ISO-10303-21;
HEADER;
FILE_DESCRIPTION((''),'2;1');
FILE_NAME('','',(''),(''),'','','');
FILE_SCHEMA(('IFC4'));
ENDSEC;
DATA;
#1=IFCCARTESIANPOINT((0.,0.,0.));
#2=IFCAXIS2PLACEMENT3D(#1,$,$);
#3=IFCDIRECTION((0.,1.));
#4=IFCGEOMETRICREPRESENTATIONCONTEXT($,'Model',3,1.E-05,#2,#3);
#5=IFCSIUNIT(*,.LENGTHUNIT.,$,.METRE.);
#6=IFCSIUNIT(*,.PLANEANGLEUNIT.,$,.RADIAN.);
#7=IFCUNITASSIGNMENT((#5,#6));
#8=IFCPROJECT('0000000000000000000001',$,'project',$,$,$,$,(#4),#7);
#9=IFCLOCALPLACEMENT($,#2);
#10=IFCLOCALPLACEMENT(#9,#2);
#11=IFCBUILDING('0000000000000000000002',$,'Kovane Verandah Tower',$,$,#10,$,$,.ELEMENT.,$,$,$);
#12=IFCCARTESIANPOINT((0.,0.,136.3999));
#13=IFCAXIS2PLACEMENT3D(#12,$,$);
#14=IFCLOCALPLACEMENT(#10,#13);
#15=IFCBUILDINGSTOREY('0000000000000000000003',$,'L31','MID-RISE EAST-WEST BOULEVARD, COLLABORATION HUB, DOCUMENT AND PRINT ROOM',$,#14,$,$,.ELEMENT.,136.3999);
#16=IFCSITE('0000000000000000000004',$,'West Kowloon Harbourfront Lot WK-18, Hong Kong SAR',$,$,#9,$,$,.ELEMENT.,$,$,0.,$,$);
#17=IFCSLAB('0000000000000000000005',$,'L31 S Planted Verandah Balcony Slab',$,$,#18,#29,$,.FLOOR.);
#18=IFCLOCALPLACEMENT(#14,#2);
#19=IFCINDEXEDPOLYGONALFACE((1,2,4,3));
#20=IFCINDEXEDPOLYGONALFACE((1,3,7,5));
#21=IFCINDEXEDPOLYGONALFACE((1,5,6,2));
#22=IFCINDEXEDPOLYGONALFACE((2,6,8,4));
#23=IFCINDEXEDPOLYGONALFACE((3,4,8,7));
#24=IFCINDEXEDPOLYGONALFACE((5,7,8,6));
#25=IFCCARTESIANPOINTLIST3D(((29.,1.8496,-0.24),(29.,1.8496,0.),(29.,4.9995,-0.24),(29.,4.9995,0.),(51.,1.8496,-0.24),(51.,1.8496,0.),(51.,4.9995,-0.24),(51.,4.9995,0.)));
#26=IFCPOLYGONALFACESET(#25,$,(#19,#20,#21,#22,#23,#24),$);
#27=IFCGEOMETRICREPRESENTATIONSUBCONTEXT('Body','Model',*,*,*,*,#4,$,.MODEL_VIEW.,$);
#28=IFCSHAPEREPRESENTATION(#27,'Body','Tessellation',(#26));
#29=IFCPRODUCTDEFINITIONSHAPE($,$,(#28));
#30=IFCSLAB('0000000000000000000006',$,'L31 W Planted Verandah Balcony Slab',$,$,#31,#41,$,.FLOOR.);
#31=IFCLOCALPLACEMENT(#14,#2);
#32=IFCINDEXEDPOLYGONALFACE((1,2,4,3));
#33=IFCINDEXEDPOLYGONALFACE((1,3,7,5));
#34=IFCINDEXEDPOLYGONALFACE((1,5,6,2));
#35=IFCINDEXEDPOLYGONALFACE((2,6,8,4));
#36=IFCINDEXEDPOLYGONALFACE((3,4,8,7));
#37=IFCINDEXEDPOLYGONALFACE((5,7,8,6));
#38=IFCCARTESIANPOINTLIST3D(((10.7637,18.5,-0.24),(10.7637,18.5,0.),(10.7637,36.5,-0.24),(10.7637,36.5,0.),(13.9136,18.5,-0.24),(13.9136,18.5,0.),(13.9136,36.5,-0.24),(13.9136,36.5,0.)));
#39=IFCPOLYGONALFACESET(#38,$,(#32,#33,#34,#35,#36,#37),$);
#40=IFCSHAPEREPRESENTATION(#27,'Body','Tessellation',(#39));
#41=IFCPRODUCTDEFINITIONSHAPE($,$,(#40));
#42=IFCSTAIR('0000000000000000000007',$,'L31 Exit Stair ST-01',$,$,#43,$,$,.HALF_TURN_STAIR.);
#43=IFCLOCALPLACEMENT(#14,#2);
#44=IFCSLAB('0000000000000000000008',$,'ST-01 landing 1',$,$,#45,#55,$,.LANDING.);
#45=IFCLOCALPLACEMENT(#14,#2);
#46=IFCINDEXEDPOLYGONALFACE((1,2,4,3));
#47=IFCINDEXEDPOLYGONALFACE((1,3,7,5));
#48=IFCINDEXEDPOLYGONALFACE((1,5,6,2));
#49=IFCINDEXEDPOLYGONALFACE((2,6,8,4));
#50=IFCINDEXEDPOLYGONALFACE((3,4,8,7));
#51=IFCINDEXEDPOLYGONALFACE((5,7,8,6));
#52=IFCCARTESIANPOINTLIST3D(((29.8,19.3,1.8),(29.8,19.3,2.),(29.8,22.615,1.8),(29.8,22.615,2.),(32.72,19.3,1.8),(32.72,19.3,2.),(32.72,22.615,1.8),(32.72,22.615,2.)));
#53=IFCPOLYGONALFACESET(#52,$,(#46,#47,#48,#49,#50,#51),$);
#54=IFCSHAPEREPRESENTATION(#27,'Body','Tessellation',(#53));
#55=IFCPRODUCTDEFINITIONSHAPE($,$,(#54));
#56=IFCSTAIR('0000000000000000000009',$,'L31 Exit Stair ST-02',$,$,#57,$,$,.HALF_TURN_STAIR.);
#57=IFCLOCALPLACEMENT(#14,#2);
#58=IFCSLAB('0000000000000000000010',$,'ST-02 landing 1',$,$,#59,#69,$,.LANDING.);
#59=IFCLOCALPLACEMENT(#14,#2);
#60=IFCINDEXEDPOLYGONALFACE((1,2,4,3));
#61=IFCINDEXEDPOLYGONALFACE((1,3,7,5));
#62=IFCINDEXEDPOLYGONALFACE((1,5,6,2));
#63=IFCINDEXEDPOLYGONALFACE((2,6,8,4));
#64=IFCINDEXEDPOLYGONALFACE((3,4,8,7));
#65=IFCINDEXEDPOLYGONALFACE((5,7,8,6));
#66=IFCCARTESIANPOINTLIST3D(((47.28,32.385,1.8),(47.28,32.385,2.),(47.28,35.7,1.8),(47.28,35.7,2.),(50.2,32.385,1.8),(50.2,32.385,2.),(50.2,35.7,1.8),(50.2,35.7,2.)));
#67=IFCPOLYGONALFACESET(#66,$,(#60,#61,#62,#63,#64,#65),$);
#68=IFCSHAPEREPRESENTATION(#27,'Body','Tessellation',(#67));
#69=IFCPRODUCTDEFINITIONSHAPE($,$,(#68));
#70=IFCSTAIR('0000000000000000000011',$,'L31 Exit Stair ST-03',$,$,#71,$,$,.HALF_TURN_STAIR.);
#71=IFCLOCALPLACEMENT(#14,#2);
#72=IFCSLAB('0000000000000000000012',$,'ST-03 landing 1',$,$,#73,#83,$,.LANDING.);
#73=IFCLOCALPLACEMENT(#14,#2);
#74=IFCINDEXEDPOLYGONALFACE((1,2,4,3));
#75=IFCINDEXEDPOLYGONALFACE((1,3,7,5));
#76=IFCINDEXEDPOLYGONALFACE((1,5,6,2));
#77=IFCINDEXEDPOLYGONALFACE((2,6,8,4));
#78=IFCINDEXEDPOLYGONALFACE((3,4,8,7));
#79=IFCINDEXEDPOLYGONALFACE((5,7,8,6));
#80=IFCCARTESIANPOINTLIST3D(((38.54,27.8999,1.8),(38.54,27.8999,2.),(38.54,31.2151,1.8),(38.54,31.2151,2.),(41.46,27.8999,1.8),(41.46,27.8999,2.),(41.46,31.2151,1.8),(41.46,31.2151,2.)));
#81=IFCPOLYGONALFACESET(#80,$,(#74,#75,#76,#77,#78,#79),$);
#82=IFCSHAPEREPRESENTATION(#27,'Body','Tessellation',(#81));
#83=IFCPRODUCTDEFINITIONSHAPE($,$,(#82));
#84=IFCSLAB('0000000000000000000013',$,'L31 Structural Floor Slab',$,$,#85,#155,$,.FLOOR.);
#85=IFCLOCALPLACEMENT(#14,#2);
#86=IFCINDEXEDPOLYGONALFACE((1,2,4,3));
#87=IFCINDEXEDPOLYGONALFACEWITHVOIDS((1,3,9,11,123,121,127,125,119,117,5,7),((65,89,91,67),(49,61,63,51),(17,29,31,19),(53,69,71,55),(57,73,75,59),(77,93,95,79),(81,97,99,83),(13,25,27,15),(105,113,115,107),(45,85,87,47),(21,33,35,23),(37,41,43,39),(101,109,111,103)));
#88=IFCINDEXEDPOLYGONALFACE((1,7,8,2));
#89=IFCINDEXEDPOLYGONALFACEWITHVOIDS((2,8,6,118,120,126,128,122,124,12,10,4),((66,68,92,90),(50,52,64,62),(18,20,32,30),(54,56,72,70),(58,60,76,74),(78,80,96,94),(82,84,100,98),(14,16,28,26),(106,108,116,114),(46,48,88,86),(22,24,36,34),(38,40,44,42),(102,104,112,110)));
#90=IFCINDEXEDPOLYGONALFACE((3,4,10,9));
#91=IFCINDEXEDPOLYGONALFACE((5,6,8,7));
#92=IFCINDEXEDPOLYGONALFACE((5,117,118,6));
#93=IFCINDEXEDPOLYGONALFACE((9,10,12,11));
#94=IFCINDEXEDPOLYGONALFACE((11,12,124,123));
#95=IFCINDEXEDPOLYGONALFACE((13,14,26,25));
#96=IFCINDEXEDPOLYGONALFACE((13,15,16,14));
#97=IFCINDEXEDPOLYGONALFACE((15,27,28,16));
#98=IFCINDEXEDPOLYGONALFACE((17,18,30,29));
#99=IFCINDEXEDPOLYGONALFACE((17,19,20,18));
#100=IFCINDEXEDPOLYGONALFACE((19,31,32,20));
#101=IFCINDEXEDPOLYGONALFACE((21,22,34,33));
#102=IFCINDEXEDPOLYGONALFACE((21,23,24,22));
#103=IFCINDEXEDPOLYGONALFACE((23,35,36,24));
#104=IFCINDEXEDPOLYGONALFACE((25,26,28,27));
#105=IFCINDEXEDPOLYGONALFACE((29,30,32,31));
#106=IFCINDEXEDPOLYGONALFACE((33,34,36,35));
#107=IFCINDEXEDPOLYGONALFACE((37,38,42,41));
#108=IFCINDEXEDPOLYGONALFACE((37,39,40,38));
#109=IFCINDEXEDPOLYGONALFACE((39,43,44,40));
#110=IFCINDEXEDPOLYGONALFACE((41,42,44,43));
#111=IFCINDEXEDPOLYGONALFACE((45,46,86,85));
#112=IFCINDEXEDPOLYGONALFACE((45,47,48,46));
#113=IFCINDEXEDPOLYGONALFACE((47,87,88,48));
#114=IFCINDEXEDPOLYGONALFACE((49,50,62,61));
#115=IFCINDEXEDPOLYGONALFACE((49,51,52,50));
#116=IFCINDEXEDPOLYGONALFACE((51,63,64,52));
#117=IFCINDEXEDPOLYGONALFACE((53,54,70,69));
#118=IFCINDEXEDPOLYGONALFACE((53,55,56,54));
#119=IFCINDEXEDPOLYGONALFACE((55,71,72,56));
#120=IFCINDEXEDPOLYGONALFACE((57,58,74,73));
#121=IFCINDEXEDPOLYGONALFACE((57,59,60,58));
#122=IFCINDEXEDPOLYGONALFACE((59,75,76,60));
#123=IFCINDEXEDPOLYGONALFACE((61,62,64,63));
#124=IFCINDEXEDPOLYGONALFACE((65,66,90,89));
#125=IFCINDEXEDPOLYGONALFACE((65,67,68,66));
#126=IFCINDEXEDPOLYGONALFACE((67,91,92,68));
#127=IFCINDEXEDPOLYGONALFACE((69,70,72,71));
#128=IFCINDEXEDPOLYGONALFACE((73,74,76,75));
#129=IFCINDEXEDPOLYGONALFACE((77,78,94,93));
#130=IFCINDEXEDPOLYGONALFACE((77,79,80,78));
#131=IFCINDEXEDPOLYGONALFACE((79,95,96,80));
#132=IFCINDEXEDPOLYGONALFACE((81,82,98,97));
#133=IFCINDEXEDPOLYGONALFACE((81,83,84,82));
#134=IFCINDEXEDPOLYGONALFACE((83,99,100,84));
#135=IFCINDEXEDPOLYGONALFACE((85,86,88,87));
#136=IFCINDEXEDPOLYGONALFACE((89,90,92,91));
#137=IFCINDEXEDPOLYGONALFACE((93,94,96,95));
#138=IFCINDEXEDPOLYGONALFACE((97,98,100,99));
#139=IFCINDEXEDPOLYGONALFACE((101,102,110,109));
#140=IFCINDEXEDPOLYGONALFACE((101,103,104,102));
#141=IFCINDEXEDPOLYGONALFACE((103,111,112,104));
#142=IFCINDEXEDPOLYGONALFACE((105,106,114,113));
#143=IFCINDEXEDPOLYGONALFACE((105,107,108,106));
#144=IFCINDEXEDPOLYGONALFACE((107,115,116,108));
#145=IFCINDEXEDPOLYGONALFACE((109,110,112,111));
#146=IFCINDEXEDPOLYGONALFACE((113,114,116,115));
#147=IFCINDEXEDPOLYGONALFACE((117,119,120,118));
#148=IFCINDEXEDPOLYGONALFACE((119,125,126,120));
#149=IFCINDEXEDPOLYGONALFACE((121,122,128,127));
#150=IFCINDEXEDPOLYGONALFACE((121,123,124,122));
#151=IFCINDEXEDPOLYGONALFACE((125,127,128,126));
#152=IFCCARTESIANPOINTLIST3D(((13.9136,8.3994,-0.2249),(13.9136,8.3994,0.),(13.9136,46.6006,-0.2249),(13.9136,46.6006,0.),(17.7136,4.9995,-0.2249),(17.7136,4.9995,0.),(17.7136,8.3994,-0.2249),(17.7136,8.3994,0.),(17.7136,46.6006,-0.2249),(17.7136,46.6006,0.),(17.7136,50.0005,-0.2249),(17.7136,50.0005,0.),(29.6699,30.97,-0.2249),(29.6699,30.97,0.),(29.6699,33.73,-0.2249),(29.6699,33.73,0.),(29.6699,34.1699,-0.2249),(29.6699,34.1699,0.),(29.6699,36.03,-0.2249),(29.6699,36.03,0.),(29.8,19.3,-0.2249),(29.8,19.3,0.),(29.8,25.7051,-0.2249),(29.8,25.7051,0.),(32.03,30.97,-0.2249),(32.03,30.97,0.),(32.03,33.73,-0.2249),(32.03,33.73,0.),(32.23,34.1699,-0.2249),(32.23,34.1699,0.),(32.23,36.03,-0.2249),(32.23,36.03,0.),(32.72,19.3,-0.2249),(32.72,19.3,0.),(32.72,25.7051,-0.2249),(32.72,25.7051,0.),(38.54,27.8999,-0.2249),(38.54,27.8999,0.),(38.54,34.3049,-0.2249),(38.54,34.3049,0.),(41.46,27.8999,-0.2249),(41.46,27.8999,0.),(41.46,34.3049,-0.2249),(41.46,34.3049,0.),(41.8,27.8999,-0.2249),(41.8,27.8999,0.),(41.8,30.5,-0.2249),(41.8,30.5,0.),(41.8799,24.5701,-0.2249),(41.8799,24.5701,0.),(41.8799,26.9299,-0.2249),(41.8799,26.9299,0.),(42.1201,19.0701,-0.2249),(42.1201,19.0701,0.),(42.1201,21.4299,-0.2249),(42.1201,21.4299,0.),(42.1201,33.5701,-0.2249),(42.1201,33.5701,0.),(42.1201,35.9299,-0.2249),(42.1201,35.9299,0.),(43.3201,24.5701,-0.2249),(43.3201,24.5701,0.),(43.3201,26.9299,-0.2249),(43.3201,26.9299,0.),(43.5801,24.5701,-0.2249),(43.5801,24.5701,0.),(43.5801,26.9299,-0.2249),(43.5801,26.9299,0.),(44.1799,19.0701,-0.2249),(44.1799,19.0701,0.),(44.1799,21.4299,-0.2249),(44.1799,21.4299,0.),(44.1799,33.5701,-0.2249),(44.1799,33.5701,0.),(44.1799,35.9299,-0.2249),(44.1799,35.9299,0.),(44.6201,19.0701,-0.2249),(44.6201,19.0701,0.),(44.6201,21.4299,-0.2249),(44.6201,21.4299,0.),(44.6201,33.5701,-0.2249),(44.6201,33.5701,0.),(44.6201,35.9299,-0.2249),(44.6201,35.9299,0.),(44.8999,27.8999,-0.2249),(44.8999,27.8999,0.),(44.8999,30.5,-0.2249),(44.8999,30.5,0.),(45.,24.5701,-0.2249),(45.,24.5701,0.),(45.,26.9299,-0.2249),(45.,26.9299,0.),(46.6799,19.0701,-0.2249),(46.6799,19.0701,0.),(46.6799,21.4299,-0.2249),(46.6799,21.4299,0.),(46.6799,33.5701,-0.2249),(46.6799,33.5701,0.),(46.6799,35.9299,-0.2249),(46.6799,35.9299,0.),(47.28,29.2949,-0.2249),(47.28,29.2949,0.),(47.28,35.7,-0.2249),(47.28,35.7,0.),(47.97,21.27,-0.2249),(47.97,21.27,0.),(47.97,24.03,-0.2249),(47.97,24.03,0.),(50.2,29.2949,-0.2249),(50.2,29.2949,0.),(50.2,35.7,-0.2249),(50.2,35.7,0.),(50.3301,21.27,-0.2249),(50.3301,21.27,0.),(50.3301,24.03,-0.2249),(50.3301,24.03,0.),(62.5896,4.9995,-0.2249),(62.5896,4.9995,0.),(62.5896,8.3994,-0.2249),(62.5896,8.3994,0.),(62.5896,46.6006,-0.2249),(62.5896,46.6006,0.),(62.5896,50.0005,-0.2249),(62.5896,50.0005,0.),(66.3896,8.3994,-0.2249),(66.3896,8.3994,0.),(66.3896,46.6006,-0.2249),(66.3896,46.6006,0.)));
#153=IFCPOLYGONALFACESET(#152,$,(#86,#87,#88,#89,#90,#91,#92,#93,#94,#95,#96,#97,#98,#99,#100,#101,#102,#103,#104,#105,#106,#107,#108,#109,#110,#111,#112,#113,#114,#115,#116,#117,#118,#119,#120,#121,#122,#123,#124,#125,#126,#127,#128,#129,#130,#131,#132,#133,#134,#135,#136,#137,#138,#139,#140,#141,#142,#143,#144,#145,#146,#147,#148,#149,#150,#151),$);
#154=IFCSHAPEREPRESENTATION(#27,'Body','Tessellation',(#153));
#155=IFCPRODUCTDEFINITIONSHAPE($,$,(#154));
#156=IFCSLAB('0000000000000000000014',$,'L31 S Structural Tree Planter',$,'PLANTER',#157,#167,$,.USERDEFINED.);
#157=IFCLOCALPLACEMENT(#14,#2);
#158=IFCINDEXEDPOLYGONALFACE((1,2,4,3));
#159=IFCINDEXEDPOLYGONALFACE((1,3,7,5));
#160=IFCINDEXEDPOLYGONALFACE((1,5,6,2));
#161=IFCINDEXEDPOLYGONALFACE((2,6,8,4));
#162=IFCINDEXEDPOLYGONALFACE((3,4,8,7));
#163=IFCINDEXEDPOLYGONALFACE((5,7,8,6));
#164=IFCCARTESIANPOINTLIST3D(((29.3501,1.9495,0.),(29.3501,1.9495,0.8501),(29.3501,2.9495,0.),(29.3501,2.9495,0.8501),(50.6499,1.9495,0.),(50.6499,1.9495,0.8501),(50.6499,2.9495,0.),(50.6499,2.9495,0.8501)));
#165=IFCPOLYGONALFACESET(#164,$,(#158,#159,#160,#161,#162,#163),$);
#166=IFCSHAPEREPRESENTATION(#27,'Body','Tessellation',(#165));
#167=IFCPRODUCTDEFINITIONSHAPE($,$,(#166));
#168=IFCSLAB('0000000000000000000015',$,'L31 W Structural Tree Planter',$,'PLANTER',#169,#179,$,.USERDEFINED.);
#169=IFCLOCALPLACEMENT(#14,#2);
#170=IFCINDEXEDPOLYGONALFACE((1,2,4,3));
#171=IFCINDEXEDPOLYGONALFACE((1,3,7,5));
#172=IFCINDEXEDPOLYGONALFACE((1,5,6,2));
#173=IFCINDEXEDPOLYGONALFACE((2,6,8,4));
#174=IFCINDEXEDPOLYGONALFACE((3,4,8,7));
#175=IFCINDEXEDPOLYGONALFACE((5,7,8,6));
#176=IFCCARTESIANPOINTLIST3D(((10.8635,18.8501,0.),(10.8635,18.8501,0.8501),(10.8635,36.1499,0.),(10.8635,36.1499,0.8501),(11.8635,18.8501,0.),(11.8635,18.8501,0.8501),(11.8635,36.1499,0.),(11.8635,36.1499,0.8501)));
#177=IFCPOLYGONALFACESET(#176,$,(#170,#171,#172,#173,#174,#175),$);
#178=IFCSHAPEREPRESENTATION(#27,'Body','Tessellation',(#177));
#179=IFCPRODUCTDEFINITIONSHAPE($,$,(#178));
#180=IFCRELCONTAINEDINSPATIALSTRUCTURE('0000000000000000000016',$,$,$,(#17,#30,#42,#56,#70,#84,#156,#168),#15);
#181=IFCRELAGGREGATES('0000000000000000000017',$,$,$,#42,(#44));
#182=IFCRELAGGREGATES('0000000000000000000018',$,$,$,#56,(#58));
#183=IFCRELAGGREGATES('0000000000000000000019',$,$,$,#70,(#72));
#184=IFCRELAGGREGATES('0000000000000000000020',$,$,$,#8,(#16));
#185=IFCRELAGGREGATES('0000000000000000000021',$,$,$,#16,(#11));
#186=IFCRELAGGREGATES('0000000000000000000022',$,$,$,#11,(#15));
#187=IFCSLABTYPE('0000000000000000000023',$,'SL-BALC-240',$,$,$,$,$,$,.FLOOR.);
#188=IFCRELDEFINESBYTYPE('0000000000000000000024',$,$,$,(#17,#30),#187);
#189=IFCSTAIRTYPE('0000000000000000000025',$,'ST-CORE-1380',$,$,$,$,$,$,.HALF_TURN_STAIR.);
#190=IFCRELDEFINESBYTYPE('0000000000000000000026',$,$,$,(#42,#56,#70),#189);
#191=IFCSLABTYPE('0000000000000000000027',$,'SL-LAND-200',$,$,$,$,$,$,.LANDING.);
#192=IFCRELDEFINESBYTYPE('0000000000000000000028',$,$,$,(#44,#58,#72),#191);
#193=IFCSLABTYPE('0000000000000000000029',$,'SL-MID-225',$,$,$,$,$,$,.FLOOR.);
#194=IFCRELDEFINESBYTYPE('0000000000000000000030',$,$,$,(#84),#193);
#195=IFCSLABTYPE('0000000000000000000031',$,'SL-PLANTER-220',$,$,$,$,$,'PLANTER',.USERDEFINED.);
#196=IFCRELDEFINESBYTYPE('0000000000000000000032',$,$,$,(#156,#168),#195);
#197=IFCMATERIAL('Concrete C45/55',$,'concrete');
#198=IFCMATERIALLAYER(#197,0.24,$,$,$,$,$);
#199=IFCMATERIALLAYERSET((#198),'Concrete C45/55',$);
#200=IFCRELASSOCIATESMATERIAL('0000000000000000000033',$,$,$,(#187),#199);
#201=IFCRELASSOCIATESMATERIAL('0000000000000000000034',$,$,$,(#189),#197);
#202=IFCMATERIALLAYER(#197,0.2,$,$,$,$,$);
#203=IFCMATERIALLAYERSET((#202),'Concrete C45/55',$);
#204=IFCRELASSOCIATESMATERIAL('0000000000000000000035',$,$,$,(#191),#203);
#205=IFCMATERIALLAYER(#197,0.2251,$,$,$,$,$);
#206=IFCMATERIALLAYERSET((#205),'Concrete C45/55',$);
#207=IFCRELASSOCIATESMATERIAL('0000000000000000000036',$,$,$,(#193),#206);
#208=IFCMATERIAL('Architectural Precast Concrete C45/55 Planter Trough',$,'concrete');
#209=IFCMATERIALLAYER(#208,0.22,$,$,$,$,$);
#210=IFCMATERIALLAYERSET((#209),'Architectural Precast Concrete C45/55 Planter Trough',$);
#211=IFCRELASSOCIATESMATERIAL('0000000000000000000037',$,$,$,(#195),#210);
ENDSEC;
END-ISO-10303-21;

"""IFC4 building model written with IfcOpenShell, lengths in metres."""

from ifc_helpers import new_model, si_unit, direction, frame, origin, place, context, subcontext, project, spatial, polyline, outline, extrude, material, layer, layer_set, type_object, element, aggregate, save


model = new_model("IFC4")

# Units and contexts
model_context = context("Model", 3, precision=1e-05, world=origin(), true_north=direction((0.0, 1.0)))
body_context = subcontext(model_context, "Body", "Model", "MODEL_VIEW")
ifc_project = project(units=[si_unit("LENGTHUNIT", "METRE"), si_unit("PLANEANGLEUNIT", "RADIAN")], contexts=[model_context])

# Site, building, storey
site_placement = place(None, origin())
site = spatial("IfcSite", under=ifc_project, at=site_placement, Name="West Kowloon Harbourfront Lot WK-18, Hong Kong SAR", CompositionType="ELEMENT", RefElevation=0.0)
building_placement = place(site_placement, origin())
building = spatial("IfcBuilding", under=site, at=building_placement, Name="Kovane Verandah Tower", CompositionType="ELEMENT")
storey_placement = place(building_placement, frame((0.0, 0.0, 136.3999)))
storey = spatial("IfcBuildingStorey", under=building, at=storey_placement, Name="L31", Description="MID-RISE EAST-WEST BOULEVARD, COLLABORATION HUB, DOCUMENT AND PRINT ROOM", CompositionType="ELEMENT", Elevation=136.3999)

# Slabs
ifc_material_1 = material(Name="Concrete C45/55", Category="concrete")
ifc_layer_1 = layer(ifc_material_1, 0.24)
ifc_layer_set_1 = layer_set([ifc_layer_1], Name="Concrete C45/55")
slab_type_1 = type_object("IfcSlabType", Name="SL-BALC-240", PredefinedType="FLOOR", material=ifc_layer_set_1)
slab_1_placement = place(storey_placement, frame((0.0, 0.0, -0.24)))
element("IfcSlab", 1, at=slab_1_placement, inside=storey, type_object=slab_type_1, Name="L31 S Planted Verandah Balcony Slab", PredefinedType="FLOOR", context=body_context, shape_type="SweptSolid", body=[
    extrude(outline(polyline([(29.0, 1.8496), (51.0, 1.8496), (51.0, 4.9995), (29.0, 4.9995), (29.0, 1.8496)])), origin(), (0.0, 0.0, 1.0), 0.24),
])
slab_2_placement = place(storey_placement, frame((0.0, 0.0, -0.24)))
element("IfcSlab", 2, at=slab_2_placement, inside=storey, type_object=slab_type_1, Name="L31 W Planted Verandah Balcony Slab", PredefinedType="FLOOR", context=body_context, shape_type="SweptSolid", body=[
    extrude(outline(polyline([(10.7637, 18.5), (13.9136, 18.5), (13.9136, 36.5), (10.7637, 36.5), (10.7637, 18.5)])), origin(), (0.0, 0.0, 1.0), 0.24),
])

# Stairs, slabs
stair_type = type_object("IfcStairType", Name="ST-CORE-1380", PredefinedType="HALF_TURN_STAIR", material=ifc_material_1)
stair_1_placement = place(storey_placement, origin())
stair_1 = element("IfcStair", 3, at=stair_1_placement, inside=storey, type_object=stair_type, Name="L31 Exit Stair ST-01", PredefinedType="HALF_TURN_STAIR")
ifc_layer_2 = layer(ifc_material_1, 0.2)
ifc_layer_set_2 = layer_set([ifc_layer_2], Name="Concrete C45/55")
slab_type_2 = type_object("IfcSlabType", Name="SL-LAND-200", PredefinedType="LANDING", material=ifc_layer_set_2)
slab_3_placement = place(storey_placement, frame((0.0, 0.0, 1.8)))
slab_3 = element("IfcSlab", 4, at=slab_3_placement, type_object=slab_type_2, Name="ST-01 landing 1", PredefinedType="LANDING", context=body_context, shape_type="SweptSolid", body=[
    extrude(outline(polyline([(29.8, 22.615), (29.8, 19.3), (32.72, 19.3), (32.72, 22.615), (29.8, 22.615)])), origin(), (0.0, 0.0, 1.0), 0.2),
])
aggregate(stair_1, [slab_3])
stair_2_placement = place(storey_placement, origin())
stair_2 = element("IfcStair", 5, at=stair_2_placement, inside=storey, type_object=stair_type, Name="L31 Exit Stair ST-02", PredefinedType="HALF_TURN_STAIR")
slab_4_placement = place(storey_placement, frame((0.0, 0.0, 1.8)))
slab_4 = element("IfcSlab", 6, at=slab_4_placement, type_object=slab_type_2, Name="ST-02 landing 1", PredefinedType="LANDING", context=body_context, shape_type="SweptSolid", body=[
    extrude(outline(polyline([(50.2, 32.385), (50.2, 35.7), (47.28, 35.7), (47.28, 32.385), (50.2, 32.385)])), origin(), (0.0, 0.0, 1.0), 0.2),
])
aggregate(stair_2, [slab_4])
stair_3_placement = place(storey_placement, origin())
stair_3 = element("IfcStair", 7, at=stair_3_placement, inside=storey, type_object=stair_type, Name="L31 Exit Stair ST-03", PredefinedType="HALF_TURN_STAIR")
slab_5_placement = place(storey_placement, frame((0.0, 0.0, 1.8)))
slab_5 = element("IfcSlab", 8, at=slab_5_placement, type_object=slab_type_2, Name="ST-03 landing 1", PredefinedType="LANDING", context=body_context, shape_type="SweptSolid", body=[
    extrude(outline(polyline([(38.54, 31.2151), (38.54, 27.8999), (41.46, 27.8999), (41.46, 31.2151), (38.54, 31.2151)])), origin(), (0.0, 0.0, 1.0), 0.2),
])
aggregate(stair_3, [slab_5])

# Slabs
ifc_layer_3 = layer(ifc_material_1, 0.2251)
ifc_layer_set_3 = layer_set([ifc_layer_3], Name="Concrete C45/55")
slab_type_3 = type_object("IfcSlabType", Name="SL-MID-225", PredefinedType="FLOOR", material=ifc_layer_set_3)
slab_6_placement = place(storey_placement, frame((0.0, 0.0, -0.2249)))
element("IfcSlab", 9, at=slab_6_placement, inside=storey, type_object=slab_type_3, Name="L31 Structural Floor Slab", PredefinedType="FLOOR", context=body_context, shape_type="SweptSolid", body=[
    extrude(outline(polyline([(17.7136, 4.9995), (62.5896, 4.9995), (62.5896, 8.3994), (66.3896, 8.3994), (66.3896, 46.6006), (62.5896, 46.6006), (62.5896, 50.0005), (17.7136, 50.0005), (17.7136, 46.6006), (13.9136, 46.6006), (13.9136, 8.3994), (17.7136, 8.3994), (17.7136, 4.9995)]), holes=[polyline([(29.8, 19.3), (32.72, 19.3), (32.72, 25.7051), (29.8, 25.7051), (29.8, 19.3)]), polyline([(47.28, 29.2949), (50.2, 29.2949), (50.2, 35.7), (47.28, 35.7), (47.28, 29.2949)]), polyline([(38.54, 27.8999), (41.46, 27.8999), (41.46, 34.3049), (38.54, 34.3049), (38.54, 27.8999)]), polyline([(29.6699, 30.97), (32.03, 30.97), (32.03, 33.73), (29.6699, 33.73), (29.6699, 30.97)]), polyline([(47.97, 21.27), (50.3301, 21.27), (50.3301, 24.03), (47.97, 24.03), (47.97, 21.27)]), polyline([(29.6699, 34.1699), (32.23, 34.1699), (32.23, 36.03), (29.6699, 36.03), (29.6699, 34.1699)]), polyline([(42.1201, 19.0701), (44.1799, 19.0701), (44.1799, 21.4299), (42.1201, 21.4299), (42.1201, 19.0701)]), polyline([(44.6201, 19.0701), (46.6799, 19.0701), (46.6799, 21.4299), (44.6201, 21.4299), (44.6201, 19.0701)]), polyline([(41.8799, 24.5701), (43.3201, 24.5701), (43.3201, 26.9299), (41.8799, 26.9299), (41.8799, 24.5701)]), polyline([(43.5801, 24.5701), (45.0, 24.5701), (45.0, 26.9299), (43.5801, 26.9299), (43.5801, 24.5701)]), polyline([(42.1201, 33.5701), (44.1799, 33.5701), (44.1799, 35.9299), (42.1201, 35.9299), (42.1201, 33.5701)]), polyline([(44.6201, 33.5701), (46.6799, 33.5701), (46.6799, 35.9299), (44.6201, 35.9299), (44.6201, 33.5701)]), polyline([(41.8, 27.8999), (44.8999, 27.8999), (44.8999, 30.5), (41.8, 30.5), (41.8, 27.8999)])]), origin(), (0.0, 0.0, 1.0), 0.2249),
])
ifc_material_2 = material(Name="Architectural Precast Concrete C45/55 Planter Trough", Category="concrete")
ifc_layer_4 = layer(ifc_material_2, 0.22)
ifc_layer_set_4 = layer_set([ifc_layer_4], Name="Architectural Precast Concrete C45/55 Planter Trough")
slab_type_4 = type_object("IfcSlabType", Name="SL-PLANTER-220", ElementType="PLANTER", PredefinedType="USERDEFINED", material=ifc_layer_set_4)
slab_7_placement = place(storey_placement, origin())
element("IfcSlab", 10, at=slab_7_placement, inside=storey, type_object=slab_type_4, Name="L31 S Structural Tree Planter", ObjectType="PLANTER", PredefinedType="USERDEFINED", context=body_context, shape_type="SweptSolid", body=[
    extrude(outline(polyline([(29.3501, 1.9495), (50.6499, 1.9495), (50.6499, 2.9495), (29.3501, 2.9495), (29.3501, 1.9495)])), origin(), (0.0, 0.0, 1.0), 0.8501),
])
slab_8_placement = place(storey_placement, origin())
element("IfcSlab", 11, at=slab_8_placement, inside=storey, type_object=slab_type_4, Name="L31 W Structural Tree Planter", ObjectType="PLANTER", PredefinedType="USERDEFINED", context=body_context, shape_type="SweptSolid", body=[
    extrude(outline(polyline([(10.8635, 18.8501), (11.8635, 18.8501), (11.8635, 36.1499), (10.8635, 36.1499), (10.8635, 18.8501)])), origin(), (0.0, 0.0, 1.0), 0.8501),
])

save(model, "model.ifc")
